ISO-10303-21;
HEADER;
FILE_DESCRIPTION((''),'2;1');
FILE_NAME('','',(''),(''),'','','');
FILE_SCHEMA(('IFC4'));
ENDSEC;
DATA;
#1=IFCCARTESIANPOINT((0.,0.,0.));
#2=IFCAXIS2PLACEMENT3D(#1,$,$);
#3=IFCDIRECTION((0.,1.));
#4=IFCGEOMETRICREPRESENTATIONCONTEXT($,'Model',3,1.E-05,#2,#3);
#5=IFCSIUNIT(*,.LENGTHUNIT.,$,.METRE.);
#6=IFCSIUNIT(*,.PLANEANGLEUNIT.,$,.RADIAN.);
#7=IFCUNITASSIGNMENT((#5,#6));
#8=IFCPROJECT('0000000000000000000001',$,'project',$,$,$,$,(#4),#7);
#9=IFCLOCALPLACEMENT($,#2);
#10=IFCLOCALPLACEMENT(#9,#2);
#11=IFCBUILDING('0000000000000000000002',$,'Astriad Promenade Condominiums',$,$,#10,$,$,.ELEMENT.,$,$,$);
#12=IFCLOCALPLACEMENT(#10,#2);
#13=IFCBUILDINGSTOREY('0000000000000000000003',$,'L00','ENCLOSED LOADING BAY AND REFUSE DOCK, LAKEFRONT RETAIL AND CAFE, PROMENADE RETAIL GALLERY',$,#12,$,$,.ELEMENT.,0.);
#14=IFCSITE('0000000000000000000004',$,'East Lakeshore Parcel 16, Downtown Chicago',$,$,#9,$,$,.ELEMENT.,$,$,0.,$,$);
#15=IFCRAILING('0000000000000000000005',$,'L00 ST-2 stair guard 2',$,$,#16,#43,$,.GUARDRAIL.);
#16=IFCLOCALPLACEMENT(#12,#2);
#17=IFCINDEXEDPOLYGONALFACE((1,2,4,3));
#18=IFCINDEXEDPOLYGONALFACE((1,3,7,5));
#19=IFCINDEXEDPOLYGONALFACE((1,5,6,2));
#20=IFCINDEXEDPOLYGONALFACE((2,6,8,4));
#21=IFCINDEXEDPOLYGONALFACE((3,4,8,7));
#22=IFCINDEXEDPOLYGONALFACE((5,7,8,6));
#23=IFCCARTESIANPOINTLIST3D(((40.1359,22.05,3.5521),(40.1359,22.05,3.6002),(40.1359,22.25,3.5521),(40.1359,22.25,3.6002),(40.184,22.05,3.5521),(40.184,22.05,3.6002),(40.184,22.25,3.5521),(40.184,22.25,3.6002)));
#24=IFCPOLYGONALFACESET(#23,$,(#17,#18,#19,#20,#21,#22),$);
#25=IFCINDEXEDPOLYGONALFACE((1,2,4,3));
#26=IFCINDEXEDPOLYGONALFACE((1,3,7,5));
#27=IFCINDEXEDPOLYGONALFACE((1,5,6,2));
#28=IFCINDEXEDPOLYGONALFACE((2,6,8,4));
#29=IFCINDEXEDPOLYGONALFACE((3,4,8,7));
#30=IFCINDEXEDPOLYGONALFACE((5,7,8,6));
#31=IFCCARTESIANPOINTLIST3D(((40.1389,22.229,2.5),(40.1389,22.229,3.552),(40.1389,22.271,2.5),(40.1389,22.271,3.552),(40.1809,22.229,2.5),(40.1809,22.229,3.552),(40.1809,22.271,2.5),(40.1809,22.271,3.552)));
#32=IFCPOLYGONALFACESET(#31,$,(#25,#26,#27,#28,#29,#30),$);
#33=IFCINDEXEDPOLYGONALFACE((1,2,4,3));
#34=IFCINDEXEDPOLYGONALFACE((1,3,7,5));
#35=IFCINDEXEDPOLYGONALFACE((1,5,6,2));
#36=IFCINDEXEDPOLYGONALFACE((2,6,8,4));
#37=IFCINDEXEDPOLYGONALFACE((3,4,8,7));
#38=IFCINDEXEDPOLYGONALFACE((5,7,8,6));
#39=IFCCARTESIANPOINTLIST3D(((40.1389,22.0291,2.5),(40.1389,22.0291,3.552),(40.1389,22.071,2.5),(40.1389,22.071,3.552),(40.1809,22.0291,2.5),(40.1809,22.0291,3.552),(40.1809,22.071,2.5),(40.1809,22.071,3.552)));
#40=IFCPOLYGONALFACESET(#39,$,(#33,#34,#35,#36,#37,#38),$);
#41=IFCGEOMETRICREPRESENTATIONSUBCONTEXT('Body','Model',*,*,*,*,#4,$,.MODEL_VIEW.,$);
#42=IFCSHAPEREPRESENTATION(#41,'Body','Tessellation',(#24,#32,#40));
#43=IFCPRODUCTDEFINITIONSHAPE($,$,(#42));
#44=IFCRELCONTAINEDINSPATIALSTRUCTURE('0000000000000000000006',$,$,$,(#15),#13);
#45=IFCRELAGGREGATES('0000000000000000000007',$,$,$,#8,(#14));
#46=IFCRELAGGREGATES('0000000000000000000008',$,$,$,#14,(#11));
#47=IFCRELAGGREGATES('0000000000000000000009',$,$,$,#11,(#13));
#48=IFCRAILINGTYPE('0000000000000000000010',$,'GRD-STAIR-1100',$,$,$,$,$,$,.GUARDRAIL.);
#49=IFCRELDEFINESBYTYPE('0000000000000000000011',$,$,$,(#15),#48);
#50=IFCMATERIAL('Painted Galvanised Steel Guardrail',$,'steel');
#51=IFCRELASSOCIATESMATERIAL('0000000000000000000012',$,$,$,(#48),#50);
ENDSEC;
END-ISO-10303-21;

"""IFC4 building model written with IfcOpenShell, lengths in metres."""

from ifc_helpers import new_model, si_unit, direction, frame, origin, origin_2d, place, context, subcontext, project, spatial, rectangle, extrude, source, transform, mapped, material, type_object, element, save


model = new_model("IFC4")

# Units and contexts
model_context = context("Model", 3, precision=1e-05, world=origin(), true_north=direction((0.0, 1.0)))
body_context = subcontext(model_context, "Body", "Model", "MODEL_VIEW")
ifc_project = project(units=[si_unit("LENGTHUNIT", "METRE"), si_unit("PLANEANGLEUNIT", "RADIAN")], contexts=[model_context])

# Site, building, storey
site_placement = place(None, origin())
site = spatial("IfcSite", under=ifc_project, at=site_placement, Name="East Lakeshore Parcel 16, Downtown Chicago", CompositionType="ELEMENT", RefElevation=0.0)
building_placement = place(site_placement, origin())
building = spatial("IfcBuilding", under=site, at=building_placement, Name="Astriad Promenade Condominiums", CompositionType="ELEMENT")
storey_placement = place(building_placement, origin())
storey = spatial("IfcBuildingStorey", under=building, at=storey_placement, Name="L00", Description="ENCLOSED LOADING BAY AND REFUSE DOCK, LAKEFRONT RETAIL AND CAFE, PROMENADE RETAIL GALLERY", CompositionType="ELEMENT", Elevation=0.0)

# Railing
ifc_material_1 = material(Name="Painted Galvanised Steel Guardrail", Category="steel")
railing_type = type_object("IfcRailingType", Name="GRD-STAIR-1100", PredefinedType="GUARDRAIL", material=ifc_material_1)
shared_shape_1 = source(origin(), body_context, "Body", "SweptSolid", [
    extrude(rectangle(XDim=0.0481, YDim=0.0481, at=origin_2d()), frame((0.0, 0.0, 1.0762), z_axis=(0.0, -1.0, 0.0), x_axis=(1.0, 0.0, 0.0)), (0.0, 0.0, 1.0), 0.2),
    extrude(rectangle(XDim=0.042, YDim=0.042, at=origin_2d()), origin(), (0.0, 0.0, 1.0), 1.052),
    extrude(rectangle(XDim=0.042, YDim=0.042, at=origin_2d()), frame((0.0, -0.2, 0.0)), (0.0, 0.0, 1.0), 1.052),
])
railing_1_placement = place(storey_placement, frame((40.1599, 22.25, 2.5)))
element("IfcRailing", 1, at=railing_1_placement, inside=storey, type_object=railing_type, Name="L00 ST-2 stair guard 2", PredefinedType="GUARDRAIL", context=body_context, shape_type="MappedRepresentation", body=[
    mapped(shared_shape_1, transform((0.0, 0.0, 0.0), scale=1.0)),
])

save(model, "model.ifc")
